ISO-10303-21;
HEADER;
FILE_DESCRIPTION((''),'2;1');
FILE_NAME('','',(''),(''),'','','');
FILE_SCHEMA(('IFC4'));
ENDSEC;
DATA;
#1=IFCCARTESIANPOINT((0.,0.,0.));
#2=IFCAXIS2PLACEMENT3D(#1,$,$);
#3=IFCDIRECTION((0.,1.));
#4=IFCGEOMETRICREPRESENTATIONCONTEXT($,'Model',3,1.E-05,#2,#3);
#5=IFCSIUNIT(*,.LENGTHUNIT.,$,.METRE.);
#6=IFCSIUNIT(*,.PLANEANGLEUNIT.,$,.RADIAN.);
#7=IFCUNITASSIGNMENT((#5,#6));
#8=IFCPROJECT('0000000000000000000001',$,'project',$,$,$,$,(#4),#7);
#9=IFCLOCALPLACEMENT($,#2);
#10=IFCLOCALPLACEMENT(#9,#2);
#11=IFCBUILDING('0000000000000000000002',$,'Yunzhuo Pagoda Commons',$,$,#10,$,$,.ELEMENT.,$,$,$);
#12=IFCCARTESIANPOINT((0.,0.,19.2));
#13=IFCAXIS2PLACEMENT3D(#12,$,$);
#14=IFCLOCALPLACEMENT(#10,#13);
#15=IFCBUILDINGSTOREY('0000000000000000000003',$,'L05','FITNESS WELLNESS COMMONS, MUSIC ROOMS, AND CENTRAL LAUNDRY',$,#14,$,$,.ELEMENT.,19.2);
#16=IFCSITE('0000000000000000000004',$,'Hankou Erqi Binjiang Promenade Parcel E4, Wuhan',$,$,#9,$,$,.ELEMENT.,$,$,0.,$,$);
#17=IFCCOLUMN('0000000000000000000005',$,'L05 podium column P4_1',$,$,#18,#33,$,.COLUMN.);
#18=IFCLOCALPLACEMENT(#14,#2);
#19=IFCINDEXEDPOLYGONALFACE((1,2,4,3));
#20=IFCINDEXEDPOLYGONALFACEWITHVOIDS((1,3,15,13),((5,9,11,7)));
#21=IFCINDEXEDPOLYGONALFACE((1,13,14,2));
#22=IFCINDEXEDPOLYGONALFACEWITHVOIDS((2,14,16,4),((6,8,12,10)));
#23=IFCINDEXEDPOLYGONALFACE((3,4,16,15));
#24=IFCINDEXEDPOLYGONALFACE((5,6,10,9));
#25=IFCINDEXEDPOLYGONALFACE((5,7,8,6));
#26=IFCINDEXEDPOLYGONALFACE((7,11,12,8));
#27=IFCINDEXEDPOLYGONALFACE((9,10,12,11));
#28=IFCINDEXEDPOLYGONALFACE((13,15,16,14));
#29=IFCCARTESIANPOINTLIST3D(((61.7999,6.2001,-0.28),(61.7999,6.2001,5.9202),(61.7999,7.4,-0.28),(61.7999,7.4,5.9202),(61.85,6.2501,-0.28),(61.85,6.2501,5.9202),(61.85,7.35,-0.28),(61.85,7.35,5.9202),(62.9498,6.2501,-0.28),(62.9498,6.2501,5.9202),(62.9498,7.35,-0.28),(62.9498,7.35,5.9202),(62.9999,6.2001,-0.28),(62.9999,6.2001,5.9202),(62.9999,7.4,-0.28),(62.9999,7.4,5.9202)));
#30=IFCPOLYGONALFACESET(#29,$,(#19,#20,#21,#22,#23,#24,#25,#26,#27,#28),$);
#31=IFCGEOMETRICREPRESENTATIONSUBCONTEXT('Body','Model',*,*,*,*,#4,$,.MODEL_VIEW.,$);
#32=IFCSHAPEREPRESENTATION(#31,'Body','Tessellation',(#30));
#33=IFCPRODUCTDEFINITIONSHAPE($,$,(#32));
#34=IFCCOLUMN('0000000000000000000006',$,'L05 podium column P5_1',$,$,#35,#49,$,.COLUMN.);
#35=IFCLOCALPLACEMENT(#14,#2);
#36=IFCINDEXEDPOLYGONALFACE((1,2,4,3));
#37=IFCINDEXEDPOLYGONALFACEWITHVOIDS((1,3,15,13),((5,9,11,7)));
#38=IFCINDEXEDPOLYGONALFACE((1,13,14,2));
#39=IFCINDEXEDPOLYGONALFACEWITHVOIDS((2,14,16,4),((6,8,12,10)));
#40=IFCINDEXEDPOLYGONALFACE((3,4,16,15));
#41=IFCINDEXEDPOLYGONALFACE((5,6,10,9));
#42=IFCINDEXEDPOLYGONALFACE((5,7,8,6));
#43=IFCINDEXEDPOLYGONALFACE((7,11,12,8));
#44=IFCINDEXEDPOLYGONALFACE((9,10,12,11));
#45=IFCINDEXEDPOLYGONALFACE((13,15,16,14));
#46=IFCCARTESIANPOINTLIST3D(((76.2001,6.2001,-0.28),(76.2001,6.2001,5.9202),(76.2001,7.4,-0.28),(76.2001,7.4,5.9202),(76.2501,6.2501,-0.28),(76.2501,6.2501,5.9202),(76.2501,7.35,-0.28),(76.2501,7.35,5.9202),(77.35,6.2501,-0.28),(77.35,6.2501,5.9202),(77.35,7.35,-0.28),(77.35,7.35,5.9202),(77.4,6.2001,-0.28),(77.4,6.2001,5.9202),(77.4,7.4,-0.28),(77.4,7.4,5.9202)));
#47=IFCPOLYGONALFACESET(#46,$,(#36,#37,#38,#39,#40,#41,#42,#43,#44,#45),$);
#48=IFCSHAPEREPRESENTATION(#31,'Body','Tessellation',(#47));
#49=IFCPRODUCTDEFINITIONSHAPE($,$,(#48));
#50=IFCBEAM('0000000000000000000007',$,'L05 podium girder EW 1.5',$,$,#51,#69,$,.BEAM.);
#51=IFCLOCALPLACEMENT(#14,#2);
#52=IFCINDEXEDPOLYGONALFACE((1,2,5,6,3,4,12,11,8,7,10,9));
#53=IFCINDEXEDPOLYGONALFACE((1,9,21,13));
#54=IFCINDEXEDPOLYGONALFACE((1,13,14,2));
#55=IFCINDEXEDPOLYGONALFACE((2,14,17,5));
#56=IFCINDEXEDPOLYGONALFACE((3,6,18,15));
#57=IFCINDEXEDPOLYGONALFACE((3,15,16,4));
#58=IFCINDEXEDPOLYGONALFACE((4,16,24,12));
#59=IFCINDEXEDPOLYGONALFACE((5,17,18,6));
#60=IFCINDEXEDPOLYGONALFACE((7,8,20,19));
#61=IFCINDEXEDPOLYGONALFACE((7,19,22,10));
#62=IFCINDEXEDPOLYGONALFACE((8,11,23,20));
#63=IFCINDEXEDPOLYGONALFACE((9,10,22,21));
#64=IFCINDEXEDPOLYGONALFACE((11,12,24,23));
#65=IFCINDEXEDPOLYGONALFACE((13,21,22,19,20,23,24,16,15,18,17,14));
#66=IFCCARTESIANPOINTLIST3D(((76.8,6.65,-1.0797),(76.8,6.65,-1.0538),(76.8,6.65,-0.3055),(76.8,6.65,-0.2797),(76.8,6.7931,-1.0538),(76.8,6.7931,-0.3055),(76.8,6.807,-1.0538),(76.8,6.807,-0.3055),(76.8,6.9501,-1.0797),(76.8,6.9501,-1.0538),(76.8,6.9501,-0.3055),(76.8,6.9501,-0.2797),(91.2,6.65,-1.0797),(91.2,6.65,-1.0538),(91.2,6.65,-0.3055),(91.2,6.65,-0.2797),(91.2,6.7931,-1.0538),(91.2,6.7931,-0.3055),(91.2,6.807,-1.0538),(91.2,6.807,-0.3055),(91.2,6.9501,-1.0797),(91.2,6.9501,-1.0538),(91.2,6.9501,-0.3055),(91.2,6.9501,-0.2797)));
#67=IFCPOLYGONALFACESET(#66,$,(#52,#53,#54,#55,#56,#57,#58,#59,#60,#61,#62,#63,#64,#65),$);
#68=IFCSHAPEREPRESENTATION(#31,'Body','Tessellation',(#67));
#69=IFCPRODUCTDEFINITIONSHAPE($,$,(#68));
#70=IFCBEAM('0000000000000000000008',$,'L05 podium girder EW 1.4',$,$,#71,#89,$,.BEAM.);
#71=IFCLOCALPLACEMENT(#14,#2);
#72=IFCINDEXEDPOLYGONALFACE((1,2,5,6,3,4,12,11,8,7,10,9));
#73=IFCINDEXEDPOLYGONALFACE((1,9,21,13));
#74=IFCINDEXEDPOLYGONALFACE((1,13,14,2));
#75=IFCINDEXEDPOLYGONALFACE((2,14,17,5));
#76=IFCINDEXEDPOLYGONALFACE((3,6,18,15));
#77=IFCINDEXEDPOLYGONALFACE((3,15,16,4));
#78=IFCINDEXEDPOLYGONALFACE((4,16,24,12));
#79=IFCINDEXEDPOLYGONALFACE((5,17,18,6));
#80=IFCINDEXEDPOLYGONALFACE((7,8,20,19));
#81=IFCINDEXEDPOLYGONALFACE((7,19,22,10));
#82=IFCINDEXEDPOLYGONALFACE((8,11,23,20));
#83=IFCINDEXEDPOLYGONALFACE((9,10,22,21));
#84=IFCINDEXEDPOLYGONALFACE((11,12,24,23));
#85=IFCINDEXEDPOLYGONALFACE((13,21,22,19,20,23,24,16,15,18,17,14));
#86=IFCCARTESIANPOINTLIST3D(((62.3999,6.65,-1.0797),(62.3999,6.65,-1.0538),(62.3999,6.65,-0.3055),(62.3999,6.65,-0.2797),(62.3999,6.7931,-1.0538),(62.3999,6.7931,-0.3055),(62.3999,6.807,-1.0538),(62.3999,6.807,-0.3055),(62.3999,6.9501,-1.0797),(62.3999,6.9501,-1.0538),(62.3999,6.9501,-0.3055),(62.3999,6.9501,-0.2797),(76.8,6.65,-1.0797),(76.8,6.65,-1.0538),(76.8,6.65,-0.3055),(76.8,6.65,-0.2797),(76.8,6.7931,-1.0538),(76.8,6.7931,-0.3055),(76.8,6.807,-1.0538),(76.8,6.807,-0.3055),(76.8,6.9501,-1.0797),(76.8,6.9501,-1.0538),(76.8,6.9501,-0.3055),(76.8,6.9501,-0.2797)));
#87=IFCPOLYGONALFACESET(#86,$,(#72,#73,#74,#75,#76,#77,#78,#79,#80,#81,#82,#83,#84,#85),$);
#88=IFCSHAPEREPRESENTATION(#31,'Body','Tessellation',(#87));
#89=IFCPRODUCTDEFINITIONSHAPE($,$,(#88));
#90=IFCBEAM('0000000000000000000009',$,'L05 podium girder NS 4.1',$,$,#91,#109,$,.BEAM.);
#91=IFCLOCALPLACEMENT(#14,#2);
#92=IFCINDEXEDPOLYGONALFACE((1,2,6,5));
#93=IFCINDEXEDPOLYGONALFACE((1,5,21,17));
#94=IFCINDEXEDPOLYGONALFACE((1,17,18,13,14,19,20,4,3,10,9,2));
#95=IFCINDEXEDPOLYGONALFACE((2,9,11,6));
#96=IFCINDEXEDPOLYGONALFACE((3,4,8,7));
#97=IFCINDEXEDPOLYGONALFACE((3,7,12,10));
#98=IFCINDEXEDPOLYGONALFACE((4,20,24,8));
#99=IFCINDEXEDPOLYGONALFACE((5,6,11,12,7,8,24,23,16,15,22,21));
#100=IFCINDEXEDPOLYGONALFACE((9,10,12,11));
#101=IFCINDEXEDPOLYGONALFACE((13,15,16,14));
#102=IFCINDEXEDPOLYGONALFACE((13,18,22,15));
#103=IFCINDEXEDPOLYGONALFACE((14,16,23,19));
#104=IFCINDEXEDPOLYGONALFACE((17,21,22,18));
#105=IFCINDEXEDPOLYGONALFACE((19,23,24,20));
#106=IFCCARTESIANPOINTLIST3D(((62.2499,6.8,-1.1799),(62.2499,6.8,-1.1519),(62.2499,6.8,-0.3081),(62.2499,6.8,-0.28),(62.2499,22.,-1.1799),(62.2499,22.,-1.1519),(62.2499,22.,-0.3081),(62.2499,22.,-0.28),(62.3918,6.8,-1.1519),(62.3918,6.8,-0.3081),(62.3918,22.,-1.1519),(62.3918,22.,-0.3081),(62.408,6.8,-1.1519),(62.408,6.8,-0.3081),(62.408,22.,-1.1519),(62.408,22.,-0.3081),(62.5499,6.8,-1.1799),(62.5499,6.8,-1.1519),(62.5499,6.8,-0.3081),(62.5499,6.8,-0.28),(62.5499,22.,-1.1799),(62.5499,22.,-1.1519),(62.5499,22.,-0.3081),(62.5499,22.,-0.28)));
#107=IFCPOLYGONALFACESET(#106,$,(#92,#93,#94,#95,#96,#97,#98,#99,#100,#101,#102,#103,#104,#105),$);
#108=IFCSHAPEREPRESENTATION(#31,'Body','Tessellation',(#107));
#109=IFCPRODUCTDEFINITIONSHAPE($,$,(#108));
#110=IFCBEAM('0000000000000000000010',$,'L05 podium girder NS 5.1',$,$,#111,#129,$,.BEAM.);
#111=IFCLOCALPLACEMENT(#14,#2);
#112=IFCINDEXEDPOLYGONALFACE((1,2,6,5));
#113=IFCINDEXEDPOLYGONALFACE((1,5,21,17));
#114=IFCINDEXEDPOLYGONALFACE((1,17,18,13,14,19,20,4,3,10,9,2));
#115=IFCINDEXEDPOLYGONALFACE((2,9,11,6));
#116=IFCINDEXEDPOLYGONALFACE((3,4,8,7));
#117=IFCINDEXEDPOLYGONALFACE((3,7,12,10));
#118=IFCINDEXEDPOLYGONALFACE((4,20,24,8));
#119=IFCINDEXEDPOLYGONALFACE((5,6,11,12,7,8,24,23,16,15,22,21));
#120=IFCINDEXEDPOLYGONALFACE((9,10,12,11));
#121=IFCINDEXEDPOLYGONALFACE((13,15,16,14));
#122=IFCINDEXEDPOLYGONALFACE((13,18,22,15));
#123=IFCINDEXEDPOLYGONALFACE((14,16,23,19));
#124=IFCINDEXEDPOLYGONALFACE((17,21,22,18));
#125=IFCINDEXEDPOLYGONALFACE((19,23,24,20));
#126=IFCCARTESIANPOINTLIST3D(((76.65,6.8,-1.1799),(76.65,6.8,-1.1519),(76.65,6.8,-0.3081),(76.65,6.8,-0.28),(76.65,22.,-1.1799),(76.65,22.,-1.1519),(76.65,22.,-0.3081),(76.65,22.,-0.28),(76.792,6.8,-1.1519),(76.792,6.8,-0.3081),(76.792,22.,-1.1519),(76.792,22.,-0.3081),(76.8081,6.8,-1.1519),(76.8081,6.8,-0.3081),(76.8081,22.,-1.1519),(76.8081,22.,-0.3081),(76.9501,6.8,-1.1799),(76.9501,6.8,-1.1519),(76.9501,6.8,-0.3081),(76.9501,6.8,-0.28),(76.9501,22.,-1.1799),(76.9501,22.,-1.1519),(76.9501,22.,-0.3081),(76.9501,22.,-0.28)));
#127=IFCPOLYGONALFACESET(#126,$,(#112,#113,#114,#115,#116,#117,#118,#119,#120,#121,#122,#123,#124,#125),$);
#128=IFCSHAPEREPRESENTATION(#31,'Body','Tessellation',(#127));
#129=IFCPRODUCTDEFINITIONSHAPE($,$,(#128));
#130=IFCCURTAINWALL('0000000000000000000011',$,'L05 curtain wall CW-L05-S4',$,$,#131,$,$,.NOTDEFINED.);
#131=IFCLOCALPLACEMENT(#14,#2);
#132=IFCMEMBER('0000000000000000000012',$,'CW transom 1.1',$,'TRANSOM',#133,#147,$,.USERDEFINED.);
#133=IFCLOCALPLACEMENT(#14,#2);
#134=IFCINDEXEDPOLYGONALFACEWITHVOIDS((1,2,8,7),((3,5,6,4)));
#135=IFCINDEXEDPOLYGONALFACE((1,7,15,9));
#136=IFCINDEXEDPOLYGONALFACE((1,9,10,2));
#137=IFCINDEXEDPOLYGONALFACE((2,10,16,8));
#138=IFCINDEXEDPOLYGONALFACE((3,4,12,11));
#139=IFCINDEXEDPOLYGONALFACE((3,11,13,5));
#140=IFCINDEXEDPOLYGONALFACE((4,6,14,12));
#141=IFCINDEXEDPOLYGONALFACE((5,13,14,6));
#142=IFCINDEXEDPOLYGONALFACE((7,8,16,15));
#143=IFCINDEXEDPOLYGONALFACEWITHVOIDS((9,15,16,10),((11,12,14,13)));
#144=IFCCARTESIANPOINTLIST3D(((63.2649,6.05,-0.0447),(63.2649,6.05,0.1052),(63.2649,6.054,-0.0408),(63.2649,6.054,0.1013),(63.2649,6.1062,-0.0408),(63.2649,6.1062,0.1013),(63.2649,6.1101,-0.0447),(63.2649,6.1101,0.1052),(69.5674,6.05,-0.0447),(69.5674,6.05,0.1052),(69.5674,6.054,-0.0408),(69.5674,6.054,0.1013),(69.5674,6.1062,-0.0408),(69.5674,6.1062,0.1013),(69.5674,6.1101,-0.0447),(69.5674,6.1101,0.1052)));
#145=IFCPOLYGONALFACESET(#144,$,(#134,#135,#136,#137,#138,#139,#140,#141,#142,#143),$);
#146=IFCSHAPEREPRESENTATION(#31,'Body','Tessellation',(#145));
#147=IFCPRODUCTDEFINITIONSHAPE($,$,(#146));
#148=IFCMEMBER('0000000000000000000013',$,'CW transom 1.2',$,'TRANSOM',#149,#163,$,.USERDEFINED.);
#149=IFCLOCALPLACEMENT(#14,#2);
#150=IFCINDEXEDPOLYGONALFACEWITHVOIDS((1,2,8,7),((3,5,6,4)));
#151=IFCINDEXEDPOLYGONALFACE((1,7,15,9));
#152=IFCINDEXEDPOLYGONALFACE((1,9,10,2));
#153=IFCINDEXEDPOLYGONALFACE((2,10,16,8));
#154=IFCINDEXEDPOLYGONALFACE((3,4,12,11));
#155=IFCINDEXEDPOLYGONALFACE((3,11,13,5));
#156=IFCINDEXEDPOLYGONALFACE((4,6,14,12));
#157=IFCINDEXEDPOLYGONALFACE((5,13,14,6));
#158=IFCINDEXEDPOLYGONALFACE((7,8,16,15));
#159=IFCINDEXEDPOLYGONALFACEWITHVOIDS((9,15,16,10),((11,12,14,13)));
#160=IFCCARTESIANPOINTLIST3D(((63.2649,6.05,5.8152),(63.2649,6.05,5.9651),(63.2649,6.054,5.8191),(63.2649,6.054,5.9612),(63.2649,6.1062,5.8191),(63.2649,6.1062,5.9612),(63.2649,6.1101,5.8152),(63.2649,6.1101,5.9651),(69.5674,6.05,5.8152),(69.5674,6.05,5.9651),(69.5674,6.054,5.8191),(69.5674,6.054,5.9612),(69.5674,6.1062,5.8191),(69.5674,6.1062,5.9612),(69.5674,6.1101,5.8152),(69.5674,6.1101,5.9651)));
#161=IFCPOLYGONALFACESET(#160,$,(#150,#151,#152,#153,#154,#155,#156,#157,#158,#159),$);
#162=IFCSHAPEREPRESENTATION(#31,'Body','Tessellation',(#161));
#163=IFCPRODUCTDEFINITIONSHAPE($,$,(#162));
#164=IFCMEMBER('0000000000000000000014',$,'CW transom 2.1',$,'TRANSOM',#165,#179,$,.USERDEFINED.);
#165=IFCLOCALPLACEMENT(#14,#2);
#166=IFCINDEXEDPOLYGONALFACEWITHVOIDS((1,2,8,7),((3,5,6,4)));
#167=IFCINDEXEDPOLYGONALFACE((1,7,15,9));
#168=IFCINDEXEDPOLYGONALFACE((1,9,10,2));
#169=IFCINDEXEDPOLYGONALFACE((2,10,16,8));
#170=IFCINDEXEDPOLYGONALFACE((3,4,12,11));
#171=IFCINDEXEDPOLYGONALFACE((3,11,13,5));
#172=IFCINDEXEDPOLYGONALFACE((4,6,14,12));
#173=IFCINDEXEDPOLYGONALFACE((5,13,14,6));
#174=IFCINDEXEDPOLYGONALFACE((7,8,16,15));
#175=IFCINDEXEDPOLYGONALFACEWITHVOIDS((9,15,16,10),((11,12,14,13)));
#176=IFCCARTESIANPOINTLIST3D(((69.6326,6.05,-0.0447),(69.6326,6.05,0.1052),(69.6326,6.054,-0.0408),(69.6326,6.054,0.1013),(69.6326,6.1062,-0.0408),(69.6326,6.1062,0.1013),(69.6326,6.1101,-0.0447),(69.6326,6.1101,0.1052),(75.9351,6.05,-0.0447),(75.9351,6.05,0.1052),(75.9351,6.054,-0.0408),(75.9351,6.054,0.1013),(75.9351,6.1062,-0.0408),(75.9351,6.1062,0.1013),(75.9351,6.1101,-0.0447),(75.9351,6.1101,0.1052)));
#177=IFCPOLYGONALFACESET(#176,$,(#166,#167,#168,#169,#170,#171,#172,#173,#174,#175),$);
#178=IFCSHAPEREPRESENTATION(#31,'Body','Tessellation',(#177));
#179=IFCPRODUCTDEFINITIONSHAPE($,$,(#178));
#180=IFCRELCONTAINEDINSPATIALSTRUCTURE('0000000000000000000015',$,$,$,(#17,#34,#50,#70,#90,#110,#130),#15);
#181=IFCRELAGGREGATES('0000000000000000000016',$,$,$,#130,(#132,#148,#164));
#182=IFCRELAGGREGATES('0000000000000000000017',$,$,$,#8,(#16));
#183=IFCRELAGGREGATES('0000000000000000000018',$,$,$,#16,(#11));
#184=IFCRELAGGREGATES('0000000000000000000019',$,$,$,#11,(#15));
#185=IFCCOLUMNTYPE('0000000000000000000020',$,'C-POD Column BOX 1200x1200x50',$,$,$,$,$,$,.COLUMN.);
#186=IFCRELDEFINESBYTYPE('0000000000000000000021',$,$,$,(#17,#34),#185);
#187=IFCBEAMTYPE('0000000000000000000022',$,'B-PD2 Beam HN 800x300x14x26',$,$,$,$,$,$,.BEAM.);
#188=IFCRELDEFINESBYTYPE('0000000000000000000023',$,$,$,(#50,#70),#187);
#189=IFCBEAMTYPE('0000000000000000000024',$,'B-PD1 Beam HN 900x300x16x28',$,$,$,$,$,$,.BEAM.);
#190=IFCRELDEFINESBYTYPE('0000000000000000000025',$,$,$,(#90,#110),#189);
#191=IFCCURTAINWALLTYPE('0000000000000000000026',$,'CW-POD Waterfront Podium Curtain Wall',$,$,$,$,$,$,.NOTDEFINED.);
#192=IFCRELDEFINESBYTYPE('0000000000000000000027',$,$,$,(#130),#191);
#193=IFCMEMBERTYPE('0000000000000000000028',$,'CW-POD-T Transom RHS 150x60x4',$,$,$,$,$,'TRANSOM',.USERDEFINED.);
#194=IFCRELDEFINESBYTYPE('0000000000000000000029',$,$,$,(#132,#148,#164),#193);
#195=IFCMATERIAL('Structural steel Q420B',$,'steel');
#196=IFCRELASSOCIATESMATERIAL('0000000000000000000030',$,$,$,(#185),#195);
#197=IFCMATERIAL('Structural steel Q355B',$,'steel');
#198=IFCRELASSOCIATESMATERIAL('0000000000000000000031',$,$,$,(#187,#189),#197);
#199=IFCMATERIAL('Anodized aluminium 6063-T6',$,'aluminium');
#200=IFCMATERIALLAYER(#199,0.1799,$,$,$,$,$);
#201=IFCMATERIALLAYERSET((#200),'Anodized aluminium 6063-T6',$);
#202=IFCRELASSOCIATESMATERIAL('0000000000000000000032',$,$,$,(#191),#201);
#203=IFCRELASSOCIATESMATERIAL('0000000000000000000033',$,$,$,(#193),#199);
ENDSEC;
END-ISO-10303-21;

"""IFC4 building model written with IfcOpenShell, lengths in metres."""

from ifc_helpers import new_model, si_unit, direction, frame, origin, origin_2d, place, context, subcontext, project, spatial, hollow_rectangle, i_section, extrude, source, transform, mapped, material, layer, layer_set, material_profile, profile_set, type_object, element, aggregate, save


model = new_model("IFC4")

# Units and contexts
model_context = context("Model", 3, precision=1e-05, world=origin(), true_north=direction((0.0, 1.0)))
body_context = subcontext(model_context, "Body", "Model", "MODEL_VIEW")
ifc_project = project(units=[si_unit("LENGTHUNIT", "METRE"), si_unit("PLANEANGLEUNIT", "RADIAN")], contexts=[model_context])

# Site, building, storey
site_placement = place(None, origin())
site = spatial("IfcSite", under=ifc_project, at=site_placement, Name="Hankou Erqi Binjiang Promenade Parcel E4, Wuhan", CompositionType="ELEMENT", RefElevation=0.0)
building_placement = place(site_placement, origin())
building = spatial("IfcBuilding", under=site, at=building_placement, Name="Yunzhuo Pagoda Commons", CompositionType="ELEMENT")
storey_placement = place(building_placement, frame((0.0, 0.0, 19.2)))
storey = spatial("IfcBuildingStorey", under=building, at=storey_placement, Name="L05", Description="FITNESS WELLNESS COMMONS, MUSIC ROOMS, AND CENTRAL LAUNDRY", CompositionType="ELEMENT", Elevation=19.2)

# Columns
ifc_material_1 = material(Name="Structural steel Q420B", Category="steel")
ifc_material_profile_1 = material_profile(ifc_material_1, hollow_rectangle(XDim=1.2, YDim=1.2, WallThickness=0.05, at=origin_2d()), Name="Structural steel Q420B")
ifc_profile_set_1 = profile_set([ifc_material_profile_1], Name="Structural steel Q420B")
column_type = type_object("IfcColumnType", Name="C-POD Column BOX 1200x1200x50", PredefinedType="COLUMN", material=ifc_profile_set_1)
shared_shape_1 = source(origin(), body_context, "Body", "SweptSolid", [
    extrude(hollow_rectangle(XDim=1.2, YDim=1.2, WallThickness=0.05, at=origin_2d()), origin(), (0.0, 0.0, 1.0), 6.2002),
])
for number, where, z_axis, x_axis, name in (
    (1, (62.3999, 6.8, -0.28), (0.0, 0.0, 1.0), (1.0, 0.0, 0.0), "L05 podium column P4_1"),
    (2, (76.8, 6.8, -0.28), (0.0, 0.0, 1.0), (1.0, 0.0, 0.0), "L05 podium column P5_1"),
):
    element("IfcColumn", number, at=place(storey_placement, frame(where, z_axis=z_axis, x_axis=x_axis)), inside=storey, type_object=column_type, Name=name, PredefinedType="COLUMN", context=body_context, shape_type="MappedRepresentation", body=[
        mapped(shared_shape_1, transform((0.0, 0.0, 0.0), scale=1.0)),
    ])

# Beams
ifc_material_2 = material(Name="Structural steel Q355B", Category="steel")
ifc_material_profile_2 = material_profile(ifc_material_2, i_section(OverallWidth=0.3, OverallDepth=0.8, WebThickness=0.0139, FlangeThickness=0.0259, at=origin_2d()), Name="Structural steel Q355B")
ifc_profile_set_2 = profile_set([ifc_material_profile_2], Name="Structural steel Q355B")
beam_type_1 = type_object("IfcBeamType", Name="B-PD2 Beam HN 800x300x14x26", PredefinedType="BEAM", material=ifc_profile_set_2)
shared_shape_2 = source(origin(), body_context, "Body", "SweptSolid", [
    extrude(i_section(OverallWidth=0.3, OverallDepth=0.8, WebThickness=0.0139, FlangeThickness=0.0259, at=origin_2d()), origin(), (0.0, 0.0, 1.0), 14.3999),
])
beam_1_placement = place(storey_placement, frame((76.8, 6.8, -0.6797), z_axis=(1.0, 0.0, 0.0), x_axis=(0.0, 1.0, 0.0)))
element("IfcBeam", 3, at=beam_1_placement, inside=storey, type_object=beam_type_1, Name="L05 podium girder EW 1.5", PredefinedType="BEAM", context=body_context, shape_type="MappedRepresentation", body=[
    mapped(shared_shape_2, transform((0.0, 0.0, 0.0), scale=1.0)),
])
shared_shape_3 = source(origin(), body_context, "Body", "SweptSolid", [
    extrude(i_section(OverallWidth=0.3, OverallDepth=0.8, WebThickness=0.0139, FlangeThickness=0.0259, at=origin_2d()), origin(), (0.0, 0.0, 1.0), 14.4001),
])
beam_2_placement = place(storey_placement, frame((62.3999, 6.8, -0.6797), z_axis=(1.0, 0.0, 0.0), x_axis=(0.0, 1.0, 0.0)))
element("IfcBeam", 4, at=beam_2_placement, inside=storey, type_object=beam_type_1, Name="L05 podium girder EW 1.4", PredefinedType="BEAM", context=body_context, shape_type="MappedRepresentation", body=[
    mapped(shared_shape_3, transform((0.0, 0.0, 0.0), scale=1.0)),
])
ifc_material_profile_3 = material_profile(ifc_material_2, i_section(OverallWidth=0.3, OverallDepth=0.8999, WebThickness=0.0161, FlangeThickness=0.0281, at=origin_2d()), Name="Structural steel Q355B")
ifc_profile_set_3 = profile_set([ifc_material_profile_3], Name="Structural steel Q355B")
beam_type_2 = type_object("IfcBeamType", Name="B-PD1 Beam HN 900x300x16x28", PredefinedType="BEAM", material=ifc_profile_set_3)
shared_shape_4 = source(origin(), body_context, "Body", "SweptSolid", [
    extrude(i_section(OverallWidth=0.3, OverallDepth=0.8999, WebThickness=0.0161, FlangeThickness=0.0281, at=origin_2d()), origin(), (0.0, 0.0, 1.0), 15.2),
])
for number, where, z_axis, x_axis, name in (
    (5, (62.3999, 6.8, -0.73), (0.0, 1.0, 0.0), (-1.0, 0.0, 0.0), "L05 podium girder NS 4.1"),
    (6, (76.8, 6.8, -0.73), (0.0, 1.0, 0.0), (-1.0, 0.0, 0.0), "L05 podium girder NS 5.1"),
):
    element("IfcBeam", number, at=place(storey_placement, frame(where, z_axis=z_axis, x_axis=x_axis)), inside=storey, type_object=beam_type_2, Name=name, PredefinedType="BEAM", context=body_context, shape_type="MappedRepresentation", body=[
        mapped(shared_shape_4, transform((0.0, 0.0, 0.0), scale=1.0)),
    ])

# Curtain wall, members
ifc_material_3 = material(Name="Anodized aluminium 6063-T6", Category="aluminium")
ifc_layer_1 = layer(ifc_material_3, 0.1799)
ifc_layer_set_1 = layer_set([ifc_layer_1], Name="Anodized aluminium 6063-T6")
curtain_wall_type = type_object("IfcCurtainWallType", Name="CW-POD Waterfront Podium Curtain Wall", PredefinedType="NOTDEFINED", material=ifc_layer_set_1)
curtain_wall_1_placement = place(storey_placement, origin())
curtain_wall_1 = element("IfcCurtainWall", 7, at=curtain_wall_1_placement, inside=storey, type_object=curtain_wall_type, Name="L05 curtain wall CW-L05-S4", PredefinedType="NOTDEFINED")
ifc_material_profile_4 = material_profile(ifc_material_3, hollow_rectangle(XDim=0.0601, YDim=0.1499, WallThickness=0.0039, at=origin_2d()), Name="Anodized aluminium 6063-T6")
ifc_profile_set_4 = profile_set([ifc_material_profile_4], Name="Anodized aluminium 6063-T6")
member_type_1 = type_object("IfcMemberType", Name="CW-POD-T Transom RHS 150x60x4", ElementType="TRANSOM", PredefinedType="USERDEFINED", material=ifc_profile_set_4)
shared_shape_5 = source(origin(), body_context, "Body", "SweptSolid", [
    extrude(hollow_rectangle(XDim=0.0601, YDim=0.1499, WallThickness=0.0039, at=origin_2d()), origin(), (0.0, 0.0, 1.0), 6.3025),
])
member_1_placement = place(storey_placement, frame((63.2649, 6.0801, 0.0303), z_axis=(1.0, 0.0, 0.0), x_axis=(0.0, 1.0, 0.0)))
member_1 = element("IfcMember", 8, at=member_1_placement, type_object=member_type_1, Name="CW transom 1.1", ObjectType="TRANSOM", PredefinedType="USERDEFINED", context=body_context, shape_type="MappedRepresentation", body=[
    mapped(shared_shape_5, transform((0.0, 0.0, 0.0), scale=1.0)),
])
member_2_placement = place(storey_placement, frame((63.2649, 6.0801, 5.8901), z_axis=(1.0, 0.0, 0.0), x_axis=(0.0, 1.0, 0.0)))
member_2 = element("IfcMember", 9, at=member_2_placement, type_object=member_type_1, Name="CW transom 1.2", ObjectType="TRANSOM", PredefinedType="USERDEFINED", context=body_context, shape_type="MappedRepresentation", body=[
    mapped(shared_shape_5, transform((0.0, 0.0, 0.0), scale=1.0)),
])
member_3_placement = place(storey_placement, frame((69.6326, 6.0801, 0.0303), z_axis=(1.0, 0.0, 0.0), x_axis=(0.0, 1.0, 0.0)))
member_3 = element("IfcMember", 10, at=member_3_placement, type_object=member_type_1, Name="CW transom 2.1", ObjectType="TRANSOM", PredefinedType="USERDEFINED", context=body_context, shape_type="MappedRepresentation", body=[
    mapped(shared_shape_5, transform((0.0, 0.0, 0.0), scale=1.0)),
])

aggregate(curtain_wall_1, [member_1, member_2, member_3])

save(model, "model.ifc")
